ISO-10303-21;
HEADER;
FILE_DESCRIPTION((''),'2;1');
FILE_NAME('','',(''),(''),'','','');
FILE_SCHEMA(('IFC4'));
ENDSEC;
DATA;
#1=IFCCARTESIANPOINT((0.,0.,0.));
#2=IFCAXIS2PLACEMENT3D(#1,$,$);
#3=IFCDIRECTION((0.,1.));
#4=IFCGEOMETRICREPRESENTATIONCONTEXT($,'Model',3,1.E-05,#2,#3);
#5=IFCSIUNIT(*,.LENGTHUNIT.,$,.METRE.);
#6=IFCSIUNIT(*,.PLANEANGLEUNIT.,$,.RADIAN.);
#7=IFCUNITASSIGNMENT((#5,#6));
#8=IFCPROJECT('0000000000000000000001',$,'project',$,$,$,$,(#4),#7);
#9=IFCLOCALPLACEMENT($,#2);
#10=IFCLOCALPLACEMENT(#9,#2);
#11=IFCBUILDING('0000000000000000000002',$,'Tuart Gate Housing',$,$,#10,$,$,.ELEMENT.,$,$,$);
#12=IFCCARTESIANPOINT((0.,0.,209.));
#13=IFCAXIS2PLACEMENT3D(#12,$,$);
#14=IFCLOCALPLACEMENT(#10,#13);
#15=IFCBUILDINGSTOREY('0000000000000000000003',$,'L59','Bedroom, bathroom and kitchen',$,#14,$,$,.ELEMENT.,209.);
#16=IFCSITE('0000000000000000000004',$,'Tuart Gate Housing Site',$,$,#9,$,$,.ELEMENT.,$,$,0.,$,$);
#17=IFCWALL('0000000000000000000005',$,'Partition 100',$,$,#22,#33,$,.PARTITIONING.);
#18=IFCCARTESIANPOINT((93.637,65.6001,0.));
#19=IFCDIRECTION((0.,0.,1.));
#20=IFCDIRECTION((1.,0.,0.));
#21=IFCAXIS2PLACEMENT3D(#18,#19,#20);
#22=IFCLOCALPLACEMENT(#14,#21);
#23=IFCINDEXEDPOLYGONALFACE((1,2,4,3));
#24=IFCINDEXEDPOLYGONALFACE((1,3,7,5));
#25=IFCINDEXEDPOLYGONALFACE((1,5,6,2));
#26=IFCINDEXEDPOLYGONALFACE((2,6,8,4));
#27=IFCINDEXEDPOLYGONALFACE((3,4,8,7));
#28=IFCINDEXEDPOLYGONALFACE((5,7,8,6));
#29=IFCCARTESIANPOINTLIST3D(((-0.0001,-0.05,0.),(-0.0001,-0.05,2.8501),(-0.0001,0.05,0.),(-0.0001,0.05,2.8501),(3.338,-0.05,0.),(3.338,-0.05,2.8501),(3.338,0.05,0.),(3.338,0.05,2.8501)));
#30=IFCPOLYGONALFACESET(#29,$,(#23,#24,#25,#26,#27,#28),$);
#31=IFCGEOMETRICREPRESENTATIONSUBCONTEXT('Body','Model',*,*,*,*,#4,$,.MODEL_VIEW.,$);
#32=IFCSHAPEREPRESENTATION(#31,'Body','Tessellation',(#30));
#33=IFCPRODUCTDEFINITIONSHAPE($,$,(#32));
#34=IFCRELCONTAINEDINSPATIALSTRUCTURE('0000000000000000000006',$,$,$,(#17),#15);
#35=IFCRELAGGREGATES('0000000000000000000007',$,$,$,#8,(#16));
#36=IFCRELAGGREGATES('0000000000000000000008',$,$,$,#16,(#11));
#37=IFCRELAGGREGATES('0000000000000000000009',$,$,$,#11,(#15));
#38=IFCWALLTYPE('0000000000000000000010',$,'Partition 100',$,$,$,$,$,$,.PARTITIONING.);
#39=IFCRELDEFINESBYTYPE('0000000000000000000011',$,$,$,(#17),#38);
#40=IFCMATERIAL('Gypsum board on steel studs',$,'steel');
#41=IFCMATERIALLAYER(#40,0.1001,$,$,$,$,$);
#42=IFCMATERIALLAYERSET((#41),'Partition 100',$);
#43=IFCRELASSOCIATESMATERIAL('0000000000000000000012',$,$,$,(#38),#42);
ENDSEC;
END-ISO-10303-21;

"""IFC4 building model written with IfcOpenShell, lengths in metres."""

from ifc_helpers import new_model, si_unit, direction, frame, frame_2d, origin, place, context, subcontext, project, spatial, rectangle, extrude, material, layer, layer_set, type_object, element, save


model = new_model("IFC4")

# Units and contexts
model_context = context("Model", 3, precision=1e-05, world=origin(), true_north=direction((0.0, 1.0)))
body_context = subcontext(model_context, "Body", "Model", "MODEL_VIEW")
ifc_project = project(units=[si_unit("LENGTHUNIT", "METRE"), si_unit("PLANEANGLEUNIT", "RADIAN")], contexts=[model_context])

# Site, building, storey
site_placement = place(None, origin())
site = spatial("IfcSite", under=ifc_project, at=site_placement, Name="Tuart Gate Housing Site", CompositionType="ELEMENT", RefElevation=0.0)
building_placement = place(site_placement, origin())
building = spatial("IfcBuilding", under=site, at=building_placement, Name="Tuart Gate Housing", CompositionType="ELEMENT")
storey_placement = place(building_placement, frame((0.0, 0.0, 209.0)))
storey = spatial("IfcBuildingStorey", under=building, at=storey_placement, Name="L59", Description="Bedroom, bathroom and kitchen", CompositionType="ELEMENT", Elevation=209.0)

# Wall
ifc_material_1 = material(Name="Gypsum board on steel studs", Category="steel")
ifc_layer_1 = layer(ifc_material_1, 0.1001)
ifc_layer_set_1 = layer_set([ifc_layer_1], Name="Partition 100")
wall_type_1 = type_object("IfcWallType", Name="Partition 100", PredefinedType="PARTITIONING", material=ifc_layer_set_1)
wall_1_placement = place(storey_placement, frame((93.637, 65.6001, 0.0), z_axis=(0.0, 0.0, 1.0), x_axis=(1.0, 0.0, 0.0)))
element("IfcWall", 1, at=wall_1_placement, inside=storey, type_object=wall_type_1, Name="Partition 100", PredefinedType="PARTITIONING", context=body_context, shape_type="SweptSolid", body=[
    extrude(rectangle(XDim=3.3381, YDim=0.1001, at=frame_2d((1.6689, 0.0))), origin(), (0.0, 0.0, 1.0), 2.8501),
])

save(model, "model.ifc")
